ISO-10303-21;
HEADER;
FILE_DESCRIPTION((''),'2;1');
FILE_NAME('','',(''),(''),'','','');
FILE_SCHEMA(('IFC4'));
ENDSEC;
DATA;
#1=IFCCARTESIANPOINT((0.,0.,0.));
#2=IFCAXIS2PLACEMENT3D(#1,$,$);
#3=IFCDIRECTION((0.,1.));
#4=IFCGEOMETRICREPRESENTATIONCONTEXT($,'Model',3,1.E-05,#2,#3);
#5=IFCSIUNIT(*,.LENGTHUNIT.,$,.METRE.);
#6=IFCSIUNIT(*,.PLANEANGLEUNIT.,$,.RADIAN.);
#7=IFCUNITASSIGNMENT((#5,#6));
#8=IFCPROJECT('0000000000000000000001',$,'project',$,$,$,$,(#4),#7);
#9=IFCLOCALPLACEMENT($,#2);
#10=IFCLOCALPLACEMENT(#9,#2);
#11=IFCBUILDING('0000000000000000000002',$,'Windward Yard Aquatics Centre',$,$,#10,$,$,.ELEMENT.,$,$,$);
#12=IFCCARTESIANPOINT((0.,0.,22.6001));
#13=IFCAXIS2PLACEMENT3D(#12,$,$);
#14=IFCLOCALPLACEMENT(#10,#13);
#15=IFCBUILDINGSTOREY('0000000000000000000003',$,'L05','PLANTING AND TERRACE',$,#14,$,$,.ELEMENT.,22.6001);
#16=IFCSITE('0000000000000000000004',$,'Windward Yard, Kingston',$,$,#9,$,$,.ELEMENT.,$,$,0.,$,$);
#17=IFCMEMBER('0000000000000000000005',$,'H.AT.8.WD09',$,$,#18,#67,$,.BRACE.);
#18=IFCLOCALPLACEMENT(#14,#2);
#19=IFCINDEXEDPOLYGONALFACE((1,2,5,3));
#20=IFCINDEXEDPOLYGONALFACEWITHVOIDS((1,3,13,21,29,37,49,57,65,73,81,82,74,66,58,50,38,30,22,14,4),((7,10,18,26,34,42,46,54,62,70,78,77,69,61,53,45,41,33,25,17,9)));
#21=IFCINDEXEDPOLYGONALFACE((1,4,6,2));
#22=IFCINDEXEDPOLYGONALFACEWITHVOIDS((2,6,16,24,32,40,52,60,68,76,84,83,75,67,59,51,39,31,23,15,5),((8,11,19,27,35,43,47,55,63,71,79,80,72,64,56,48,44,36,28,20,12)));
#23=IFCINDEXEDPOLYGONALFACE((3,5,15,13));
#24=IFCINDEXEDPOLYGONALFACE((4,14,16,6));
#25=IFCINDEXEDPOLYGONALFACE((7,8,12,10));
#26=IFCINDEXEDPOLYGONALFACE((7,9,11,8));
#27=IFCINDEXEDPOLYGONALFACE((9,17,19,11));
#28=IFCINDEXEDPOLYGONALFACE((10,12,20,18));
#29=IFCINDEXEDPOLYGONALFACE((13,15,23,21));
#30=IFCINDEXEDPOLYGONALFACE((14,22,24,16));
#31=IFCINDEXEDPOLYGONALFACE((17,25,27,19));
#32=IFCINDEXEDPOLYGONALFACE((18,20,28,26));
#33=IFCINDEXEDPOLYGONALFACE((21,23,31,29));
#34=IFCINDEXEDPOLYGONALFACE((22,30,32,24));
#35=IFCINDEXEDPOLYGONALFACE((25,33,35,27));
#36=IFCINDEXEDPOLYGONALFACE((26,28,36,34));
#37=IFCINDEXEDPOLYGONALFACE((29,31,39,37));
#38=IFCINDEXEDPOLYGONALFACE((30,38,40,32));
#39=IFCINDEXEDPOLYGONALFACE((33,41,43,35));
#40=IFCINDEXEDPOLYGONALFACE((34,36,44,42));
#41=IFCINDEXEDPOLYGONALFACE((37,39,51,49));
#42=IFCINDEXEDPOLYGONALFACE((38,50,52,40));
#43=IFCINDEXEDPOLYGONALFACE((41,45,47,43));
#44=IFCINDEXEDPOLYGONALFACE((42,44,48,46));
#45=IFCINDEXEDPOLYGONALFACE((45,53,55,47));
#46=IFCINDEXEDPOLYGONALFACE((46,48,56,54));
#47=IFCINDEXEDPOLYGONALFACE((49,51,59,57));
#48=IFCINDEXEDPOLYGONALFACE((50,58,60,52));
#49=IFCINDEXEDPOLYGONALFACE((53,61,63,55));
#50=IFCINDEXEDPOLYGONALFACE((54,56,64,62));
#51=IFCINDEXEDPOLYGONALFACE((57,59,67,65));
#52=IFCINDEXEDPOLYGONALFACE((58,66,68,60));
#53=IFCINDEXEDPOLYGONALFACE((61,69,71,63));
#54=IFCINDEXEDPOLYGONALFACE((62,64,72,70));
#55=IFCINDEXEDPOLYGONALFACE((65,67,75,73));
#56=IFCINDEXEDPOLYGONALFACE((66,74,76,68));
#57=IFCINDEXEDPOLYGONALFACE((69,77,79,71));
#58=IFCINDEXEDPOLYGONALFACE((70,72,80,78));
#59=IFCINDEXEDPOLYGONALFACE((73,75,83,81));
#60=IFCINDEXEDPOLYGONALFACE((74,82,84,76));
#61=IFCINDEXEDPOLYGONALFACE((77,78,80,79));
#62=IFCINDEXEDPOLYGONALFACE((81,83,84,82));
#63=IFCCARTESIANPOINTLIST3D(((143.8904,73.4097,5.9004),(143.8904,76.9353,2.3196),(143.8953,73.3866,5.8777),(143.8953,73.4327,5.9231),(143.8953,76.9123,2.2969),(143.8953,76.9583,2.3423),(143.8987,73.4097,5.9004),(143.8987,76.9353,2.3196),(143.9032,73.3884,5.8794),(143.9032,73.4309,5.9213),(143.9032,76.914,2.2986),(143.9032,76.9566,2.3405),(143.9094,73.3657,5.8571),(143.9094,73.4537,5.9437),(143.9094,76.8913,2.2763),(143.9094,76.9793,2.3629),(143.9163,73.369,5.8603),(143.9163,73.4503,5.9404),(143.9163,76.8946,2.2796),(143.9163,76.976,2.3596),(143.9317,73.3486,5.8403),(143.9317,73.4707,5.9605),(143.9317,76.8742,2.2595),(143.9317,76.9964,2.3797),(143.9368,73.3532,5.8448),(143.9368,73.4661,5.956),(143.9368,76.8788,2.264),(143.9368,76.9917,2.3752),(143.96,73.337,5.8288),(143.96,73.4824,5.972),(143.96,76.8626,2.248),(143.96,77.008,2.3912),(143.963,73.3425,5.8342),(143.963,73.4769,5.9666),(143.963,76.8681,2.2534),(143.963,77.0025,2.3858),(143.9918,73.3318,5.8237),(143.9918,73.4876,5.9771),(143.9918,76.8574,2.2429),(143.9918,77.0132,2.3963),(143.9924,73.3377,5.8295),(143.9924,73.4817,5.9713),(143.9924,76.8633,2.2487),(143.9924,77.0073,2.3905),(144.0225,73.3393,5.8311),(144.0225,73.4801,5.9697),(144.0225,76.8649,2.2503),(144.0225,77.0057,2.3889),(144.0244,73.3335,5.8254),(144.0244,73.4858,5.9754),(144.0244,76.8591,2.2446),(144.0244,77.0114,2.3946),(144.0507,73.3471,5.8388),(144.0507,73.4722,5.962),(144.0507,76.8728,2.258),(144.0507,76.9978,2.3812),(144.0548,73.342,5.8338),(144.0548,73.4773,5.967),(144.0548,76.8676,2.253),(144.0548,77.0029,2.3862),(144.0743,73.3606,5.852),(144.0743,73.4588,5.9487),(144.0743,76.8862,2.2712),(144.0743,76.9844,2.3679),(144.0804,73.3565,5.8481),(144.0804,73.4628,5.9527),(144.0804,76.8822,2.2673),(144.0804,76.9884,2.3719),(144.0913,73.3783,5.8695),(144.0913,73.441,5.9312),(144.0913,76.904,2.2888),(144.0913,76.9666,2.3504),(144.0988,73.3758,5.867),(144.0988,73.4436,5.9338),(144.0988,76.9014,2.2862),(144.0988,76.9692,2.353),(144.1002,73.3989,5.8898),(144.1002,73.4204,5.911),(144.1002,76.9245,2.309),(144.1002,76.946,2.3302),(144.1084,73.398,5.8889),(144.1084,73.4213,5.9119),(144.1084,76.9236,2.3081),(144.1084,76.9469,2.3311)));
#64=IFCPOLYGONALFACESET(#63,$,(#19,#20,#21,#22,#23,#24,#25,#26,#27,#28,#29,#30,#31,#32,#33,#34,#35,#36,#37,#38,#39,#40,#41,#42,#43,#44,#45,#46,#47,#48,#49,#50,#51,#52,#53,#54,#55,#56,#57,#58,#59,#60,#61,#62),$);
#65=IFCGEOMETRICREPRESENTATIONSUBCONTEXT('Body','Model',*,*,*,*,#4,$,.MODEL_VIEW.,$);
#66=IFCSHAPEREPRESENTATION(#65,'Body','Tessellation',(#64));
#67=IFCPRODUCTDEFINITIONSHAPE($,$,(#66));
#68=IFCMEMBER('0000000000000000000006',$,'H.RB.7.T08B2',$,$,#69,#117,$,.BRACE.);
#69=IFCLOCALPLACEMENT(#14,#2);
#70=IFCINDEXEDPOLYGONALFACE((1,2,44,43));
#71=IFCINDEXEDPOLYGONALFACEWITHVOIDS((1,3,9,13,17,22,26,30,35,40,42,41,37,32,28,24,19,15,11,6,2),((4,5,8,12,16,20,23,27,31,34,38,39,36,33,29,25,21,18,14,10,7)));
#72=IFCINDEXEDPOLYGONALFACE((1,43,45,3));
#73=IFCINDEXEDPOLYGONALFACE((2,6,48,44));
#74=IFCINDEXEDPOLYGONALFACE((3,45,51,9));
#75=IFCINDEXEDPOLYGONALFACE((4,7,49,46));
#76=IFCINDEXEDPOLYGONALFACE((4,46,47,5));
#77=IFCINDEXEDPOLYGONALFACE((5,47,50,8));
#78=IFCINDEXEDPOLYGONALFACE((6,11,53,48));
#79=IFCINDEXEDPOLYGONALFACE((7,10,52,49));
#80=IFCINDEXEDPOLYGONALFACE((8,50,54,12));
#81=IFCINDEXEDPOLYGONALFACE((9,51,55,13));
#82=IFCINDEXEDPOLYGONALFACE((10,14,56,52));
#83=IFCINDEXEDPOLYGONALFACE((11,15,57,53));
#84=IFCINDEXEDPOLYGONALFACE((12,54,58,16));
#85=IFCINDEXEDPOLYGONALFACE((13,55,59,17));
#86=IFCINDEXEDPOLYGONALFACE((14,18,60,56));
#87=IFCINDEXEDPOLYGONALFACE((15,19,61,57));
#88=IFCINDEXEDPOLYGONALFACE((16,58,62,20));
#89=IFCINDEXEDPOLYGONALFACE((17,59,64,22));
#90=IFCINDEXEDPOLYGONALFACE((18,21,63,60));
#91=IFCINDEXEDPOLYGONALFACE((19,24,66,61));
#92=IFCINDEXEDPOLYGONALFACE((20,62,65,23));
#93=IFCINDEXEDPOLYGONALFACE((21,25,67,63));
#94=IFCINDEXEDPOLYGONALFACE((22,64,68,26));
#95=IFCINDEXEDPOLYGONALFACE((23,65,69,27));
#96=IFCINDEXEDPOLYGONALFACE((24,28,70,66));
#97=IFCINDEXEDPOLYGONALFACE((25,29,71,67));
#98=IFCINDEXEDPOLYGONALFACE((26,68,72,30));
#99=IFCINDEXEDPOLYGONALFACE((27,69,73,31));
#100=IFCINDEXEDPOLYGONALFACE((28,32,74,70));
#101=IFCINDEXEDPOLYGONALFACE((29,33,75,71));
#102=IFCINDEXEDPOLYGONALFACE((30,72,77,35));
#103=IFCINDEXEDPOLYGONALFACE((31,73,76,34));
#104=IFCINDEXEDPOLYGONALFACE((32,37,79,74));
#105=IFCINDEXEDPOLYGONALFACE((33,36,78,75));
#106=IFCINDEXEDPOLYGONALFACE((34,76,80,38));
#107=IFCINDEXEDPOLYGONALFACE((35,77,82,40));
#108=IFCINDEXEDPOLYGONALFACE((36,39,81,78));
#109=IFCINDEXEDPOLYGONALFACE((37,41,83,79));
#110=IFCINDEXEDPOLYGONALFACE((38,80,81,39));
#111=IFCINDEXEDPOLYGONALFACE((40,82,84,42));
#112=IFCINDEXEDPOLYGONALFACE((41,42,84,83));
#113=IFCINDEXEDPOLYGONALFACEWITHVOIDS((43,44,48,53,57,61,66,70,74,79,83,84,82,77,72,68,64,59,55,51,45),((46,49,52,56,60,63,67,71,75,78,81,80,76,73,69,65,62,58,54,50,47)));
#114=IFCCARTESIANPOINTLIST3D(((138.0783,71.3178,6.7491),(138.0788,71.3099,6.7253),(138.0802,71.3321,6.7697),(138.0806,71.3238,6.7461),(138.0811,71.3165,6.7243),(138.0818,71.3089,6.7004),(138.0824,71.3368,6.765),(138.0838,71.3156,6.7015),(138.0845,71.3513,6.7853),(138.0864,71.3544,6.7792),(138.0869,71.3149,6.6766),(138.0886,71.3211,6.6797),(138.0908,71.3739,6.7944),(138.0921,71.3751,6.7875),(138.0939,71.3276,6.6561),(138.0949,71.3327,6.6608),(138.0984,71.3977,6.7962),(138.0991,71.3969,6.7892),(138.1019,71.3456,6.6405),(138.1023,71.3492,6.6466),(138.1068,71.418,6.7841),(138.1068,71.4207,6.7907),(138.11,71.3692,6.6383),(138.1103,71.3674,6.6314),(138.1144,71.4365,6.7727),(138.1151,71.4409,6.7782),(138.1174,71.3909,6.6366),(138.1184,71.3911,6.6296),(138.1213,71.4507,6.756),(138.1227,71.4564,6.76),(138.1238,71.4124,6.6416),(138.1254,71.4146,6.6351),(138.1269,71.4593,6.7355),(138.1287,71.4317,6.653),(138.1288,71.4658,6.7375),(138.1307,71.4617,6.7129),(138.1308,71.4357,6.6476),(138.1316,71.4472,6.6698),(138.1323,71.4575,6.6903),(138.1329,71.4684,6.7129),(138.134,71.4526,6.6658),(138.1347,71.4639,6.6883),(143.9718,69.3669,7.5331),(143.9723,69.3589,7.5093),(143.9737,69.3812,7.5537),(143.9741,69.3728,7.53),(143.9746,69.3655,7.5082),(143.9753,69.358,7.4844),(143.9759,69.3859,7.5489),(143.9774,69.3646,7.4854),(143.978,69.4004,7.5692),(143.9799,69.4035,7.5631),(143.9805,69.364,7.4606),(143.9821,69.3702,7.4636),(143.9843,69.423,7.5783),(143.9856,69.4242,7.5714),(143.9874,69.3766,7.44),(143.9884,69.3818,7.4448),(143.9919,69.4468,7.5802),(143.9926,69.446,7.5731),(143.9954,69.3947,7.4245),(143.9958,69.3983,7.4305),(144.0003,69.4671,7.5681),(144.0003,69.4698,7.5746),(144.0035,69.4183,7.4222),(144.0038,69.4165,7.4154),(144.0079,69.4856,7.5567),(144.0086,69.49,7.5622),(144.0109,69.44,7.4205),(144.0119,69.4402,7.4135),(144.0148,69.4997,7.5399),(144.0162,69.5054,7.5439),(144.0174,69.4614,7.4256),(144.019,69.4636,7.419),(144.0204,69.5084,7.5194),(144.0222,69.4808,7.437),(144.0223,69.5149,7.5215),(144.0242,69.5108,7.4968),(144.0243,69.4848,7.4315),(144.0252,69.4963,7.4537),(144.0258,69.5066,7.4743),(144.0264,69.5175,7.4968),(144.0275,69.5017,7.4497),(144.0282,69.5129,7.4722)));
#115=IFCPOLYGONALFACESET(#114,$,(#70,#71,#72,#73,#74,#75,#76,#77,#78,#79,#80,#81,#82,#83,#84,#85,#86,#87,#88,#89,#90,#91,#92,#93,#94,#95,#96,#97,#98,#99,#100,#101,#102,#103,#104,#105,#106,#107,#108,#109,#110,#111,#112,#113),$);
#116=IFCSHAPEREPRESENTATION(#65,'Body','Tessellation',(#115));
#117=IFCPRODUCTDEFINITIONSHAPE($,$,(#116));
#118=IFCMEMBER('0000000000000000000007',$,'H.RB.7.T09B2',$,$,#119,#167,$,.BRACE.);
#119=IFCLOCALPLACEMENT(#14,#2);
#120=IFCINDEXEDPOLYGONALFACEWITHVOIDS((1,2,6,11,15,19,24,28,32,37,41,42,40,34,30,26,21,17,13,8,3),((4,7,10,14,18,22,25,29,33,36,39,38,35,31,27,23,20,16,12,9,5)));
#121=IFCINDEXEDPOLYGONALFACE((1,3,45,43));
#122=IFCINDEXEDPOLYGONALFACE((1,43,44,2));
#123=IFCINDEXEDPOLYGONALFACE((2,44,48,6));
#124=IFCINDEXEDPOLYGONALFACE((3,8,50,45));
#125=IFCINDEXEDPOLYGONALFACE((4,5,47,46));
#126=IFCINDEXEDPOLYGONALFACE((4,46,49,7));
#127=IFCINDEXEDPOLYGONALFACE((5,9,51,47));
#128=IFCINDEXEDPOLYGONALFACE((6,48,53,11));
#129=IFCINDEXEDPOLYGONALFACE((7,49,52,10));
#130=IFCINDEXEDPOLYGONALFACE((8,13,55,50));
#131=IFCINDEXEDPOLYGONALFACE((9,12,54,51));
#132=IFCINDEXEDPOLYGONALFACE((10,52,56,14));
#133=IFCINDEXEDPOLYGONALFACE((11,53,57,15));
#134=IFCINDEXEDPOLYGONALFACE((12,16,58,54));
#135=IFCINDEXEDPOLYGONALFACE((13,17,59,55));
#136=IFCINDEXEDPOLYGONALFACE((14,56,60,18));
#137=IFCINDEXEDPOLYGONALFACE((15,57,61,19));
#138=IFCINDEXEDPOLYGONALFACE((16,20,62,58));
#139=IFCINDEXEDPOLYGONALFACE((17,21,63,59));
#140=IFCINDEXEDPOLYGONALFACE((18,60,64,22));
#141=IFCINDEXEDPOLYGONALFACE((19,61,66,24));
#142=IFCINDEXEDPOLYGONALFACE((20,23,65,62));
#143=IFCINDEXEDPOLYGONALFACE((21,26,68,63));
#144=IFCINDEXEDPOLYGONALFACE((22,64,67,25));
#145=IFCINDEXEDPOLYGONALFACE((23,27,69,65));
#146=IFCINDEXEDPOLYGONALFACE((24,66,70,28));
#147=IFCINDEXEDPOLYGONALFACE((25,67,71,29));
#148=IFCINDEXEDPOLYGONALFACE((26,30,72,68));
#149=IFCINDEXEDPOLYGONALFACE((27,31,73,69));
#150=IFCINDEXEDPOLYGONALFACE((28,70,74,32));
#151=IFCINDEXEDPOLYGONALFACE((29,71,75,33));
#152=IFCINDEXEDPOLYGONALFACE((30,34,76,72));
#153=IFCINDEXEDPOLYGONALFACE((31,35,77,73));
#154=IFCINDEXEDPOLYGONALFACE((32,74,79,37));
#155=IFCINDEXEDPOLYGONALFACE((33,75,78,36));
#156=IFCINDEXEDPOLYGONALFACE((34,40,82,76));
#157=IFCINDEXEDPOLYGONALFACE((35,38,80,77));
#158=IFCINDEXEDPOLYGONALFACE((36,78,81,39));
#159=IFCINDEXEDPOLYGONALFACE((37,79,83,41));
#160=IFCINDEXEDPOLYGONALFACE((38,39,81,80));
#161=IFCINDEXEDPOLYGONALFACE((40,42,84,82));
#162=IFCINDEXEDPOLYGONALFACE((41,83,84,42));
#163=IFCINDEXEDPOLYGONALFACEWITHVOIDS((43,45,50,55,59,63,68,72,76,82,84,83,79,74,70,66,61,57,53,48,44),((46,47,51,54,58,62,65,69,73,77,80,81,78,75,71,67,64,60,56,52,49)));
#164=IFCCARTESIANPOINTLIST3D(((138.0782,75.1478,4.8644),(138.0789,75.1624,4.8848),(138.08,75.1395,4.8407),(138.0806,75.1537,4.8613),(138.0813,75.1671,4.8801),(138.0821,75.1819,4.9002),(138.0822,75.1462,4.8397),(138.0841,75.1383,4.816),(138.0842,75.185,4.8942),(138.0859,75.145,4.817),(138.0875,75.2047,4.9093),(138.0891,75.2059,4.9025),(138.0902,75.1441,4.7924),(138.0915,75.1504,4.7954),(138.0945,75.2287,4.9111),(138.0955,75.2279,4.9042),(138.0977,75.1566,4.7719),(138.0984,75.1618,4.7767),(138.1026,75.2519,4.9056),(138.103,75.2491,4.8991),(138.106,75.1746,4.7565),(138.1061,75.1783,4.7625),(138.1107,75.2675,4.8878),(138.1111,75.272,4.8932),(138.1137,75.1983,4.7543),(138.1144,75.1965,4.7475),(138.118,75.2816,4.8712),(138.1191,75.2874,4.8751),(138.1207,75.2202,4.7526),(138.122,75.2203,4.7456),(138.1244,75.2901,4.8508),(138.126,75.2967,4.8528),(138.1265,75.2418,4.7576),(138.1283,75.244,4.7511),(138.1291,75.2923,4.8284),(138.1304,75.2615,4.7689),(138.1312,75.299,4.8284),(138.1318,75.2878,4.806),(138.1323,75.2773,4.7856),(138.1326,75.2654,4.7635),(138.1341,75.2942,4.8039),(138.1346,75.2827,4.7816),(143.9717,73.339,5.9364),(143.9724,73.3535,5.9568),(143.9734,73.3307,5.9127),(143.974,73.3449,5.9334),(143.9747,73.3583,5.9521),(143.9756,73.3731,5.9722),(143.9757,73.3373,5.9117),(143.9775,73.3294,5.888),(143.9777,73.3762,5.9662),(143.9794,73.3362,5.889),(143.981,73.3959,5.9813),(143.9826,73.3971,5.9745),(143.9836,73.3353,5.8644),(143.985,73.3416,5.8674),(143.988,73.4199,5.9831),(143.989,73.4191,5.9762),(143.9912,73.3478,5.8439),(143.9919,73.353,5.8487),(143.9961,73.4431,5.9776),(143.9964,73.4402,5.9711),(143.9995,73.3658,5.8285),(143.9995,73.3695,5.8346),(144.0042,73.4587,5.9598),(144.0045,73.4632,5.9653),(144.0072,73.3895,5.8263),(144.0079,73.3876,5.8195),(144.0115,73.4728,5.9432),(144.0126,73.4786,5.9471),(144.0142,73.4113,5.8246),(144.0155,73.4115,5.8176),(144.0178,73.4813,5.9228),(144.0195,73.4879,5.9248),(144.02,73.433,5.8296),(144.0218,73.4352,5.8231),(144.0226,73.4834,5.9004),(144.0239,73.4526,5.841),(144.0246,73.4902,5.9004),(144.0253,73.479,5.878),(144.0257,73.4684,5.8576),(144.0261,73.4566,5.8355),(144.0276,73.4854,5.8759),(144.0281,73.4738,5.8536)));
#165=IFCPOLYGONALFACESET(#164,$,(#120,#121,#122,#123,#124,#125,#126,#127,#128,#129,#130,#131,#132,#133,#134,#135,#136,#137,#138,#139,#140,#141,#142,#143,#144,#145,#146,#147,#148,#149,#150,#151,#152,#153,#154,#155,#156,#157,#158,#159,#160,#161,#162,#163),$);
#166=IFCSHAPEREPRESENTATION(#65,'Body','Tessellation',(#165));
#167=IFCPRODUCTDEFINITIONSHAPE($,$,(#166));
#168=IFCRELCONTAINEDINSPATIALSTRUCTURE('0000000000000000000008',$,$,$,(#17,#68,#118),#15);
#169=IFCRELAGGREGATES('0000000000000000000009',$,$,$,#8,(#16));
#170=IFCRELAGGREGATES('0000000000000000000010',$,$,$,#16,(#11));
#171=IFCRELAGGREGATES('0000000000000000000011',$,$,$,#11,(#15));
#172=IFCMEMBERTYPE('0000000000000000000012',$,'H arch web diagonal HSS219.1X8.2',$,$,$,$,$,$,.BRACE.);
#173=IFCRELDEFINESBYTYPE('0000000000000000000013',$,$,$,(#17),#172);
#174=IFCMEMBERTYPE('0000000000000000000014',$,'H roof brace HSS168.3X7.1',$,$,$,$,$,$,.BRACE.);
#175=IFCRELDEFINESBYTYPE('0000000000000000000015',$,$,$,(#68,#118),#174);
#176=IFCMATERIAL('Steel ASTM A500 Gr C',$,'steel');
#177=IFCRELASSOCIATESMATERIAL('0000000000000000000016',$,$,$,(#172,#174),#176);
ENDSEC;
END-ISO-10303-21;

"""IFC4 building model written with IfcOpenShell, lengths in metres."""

from ifc_helpers import new_model, si_unit, direction, frame, origin, origin_2d, place, context, subcontext, project, spatial, hollow_circle, extrude, material, material_profile, profile_set, type_object, element, save


model = new_model("IFC4")

# Units and contexts
model_context = context("Model", 3, precision=1e-05, world=origin(), true_north=direction((0.0, 1.0)))
body_context = subcontext(model_context, "Body", "Model", "MODEL_VIEW")
ifc_project = project(units=[si_unit("LENGTHUNIT", "METRE"), si_unit("PLANEANGLEUNIT", "RADIAN")], contexts=[model_context])

# Site, building, storey
site_placement = place(None, origin())
site = spatial("IfcSite", under=ifc_project, at=site_placement, Name="Windward Yard, Kingston", CompositionType="ELEMENT", RefElevation=0.0)
building_placement = place(site_placement, origin())
building = spatial("IfcBuilding", under=site, at=building_placement, Name="Windward Yard Aquatics Centre", CompositionType="ELEMENT")
storey_placement = place(building_placement, frame((0.0, 0.0, 22.6001)))
storey = spatial("IfcBuildingStorey", under=building, at=storey_placement, Name="L05", Description="PLANTING AND TERRACE", CompositionType="ELEMENT", Elevation=22.6001)

# Members
ifc_material_1 = material(Name="Steel ASTM A500 Gr C", Category="steel")
ifc_material_profile_1 = material_profile(ifc_material_1, hollow_circle(Radius=0.1096, WallThickness=0.0083, at=origin_2d()), Name="HSS219.1X8.2")
ifc_profile_set_1 = profile_set([ifc_material_profile_1], Name="Steel ASTM A500 Gr C")
member_type_1 = type_object("IfcMemberType", Name="H arch web diagonal HSS219.1X8.2", PredefinedType="BRACE", material=ifc_profile_set_1)
member_1_placement = place(storey_placement, frame((144.0, 73.4097, 5.9004), z_axis=(0.0, 0.701596, -0.712575), x_axis=(-1.0, 0.0, 0.0)))
element("IfcMember", 1, at=member_1_placement, inside=storey, type_object=member_type_1, Name="H.AT.8.WD09", PredefinedType="BRACE", context=body_context, shape_type="SweptSolid", body=[
    extrude(hollow_circle(Radius=0.1096, WallThickness=0.0083, at=origin_2d()), origin(), (0.0, 0.0, 1.0), 5.0251),
])
ifc_material_profile_2 = material_profile(ifc_material_1, hollow_circle(Radius=0.0842, WallThickness=0.0071, at=origin_2d()), Name="HSS168.3X7.1")
ifc_profile_set_2 = profile_set([ifc_material_profile_2], Name="Steel ASTM A500 Gr C")
member_type_2 = type_object("IfcMemberType", Name="H roof brace HSS168.3X7.1", PredefinedType="BRACE", material=ifc_profile_set_2)
for number, where, z_axis, x_axis, name in (
    (2, (138.1064, 71.3884, 6.7129), (0.941858, -0.311781, 0.125282), (0.314257, 0.949338, 0.0), "H.RB.7.T08B2"),
    (3, (138.1064, 75.2185, 4.8284), (0.941853, -0.289072, 0.17132), (0.29341, 0.955987, 0.0), "H.RB.7.T09B2"),
):
    element("IfcMember", number, at=place(storey_placement, frame(where, z_axis=z_axis, x_axis=x_axis)), inside=storey, type_object=member_type_2, Name=name, PredefinedType="BRACE", context=body_context, shape_type="SweptSolid", body=[
        extrude(hollow_circle(Radius=0.0842, WallThickness=0.0071, at=origin_2d()), origin(), (0.0, 0.0, 1.0), 6.2573),
    ])

save(model, "model.ifc")
